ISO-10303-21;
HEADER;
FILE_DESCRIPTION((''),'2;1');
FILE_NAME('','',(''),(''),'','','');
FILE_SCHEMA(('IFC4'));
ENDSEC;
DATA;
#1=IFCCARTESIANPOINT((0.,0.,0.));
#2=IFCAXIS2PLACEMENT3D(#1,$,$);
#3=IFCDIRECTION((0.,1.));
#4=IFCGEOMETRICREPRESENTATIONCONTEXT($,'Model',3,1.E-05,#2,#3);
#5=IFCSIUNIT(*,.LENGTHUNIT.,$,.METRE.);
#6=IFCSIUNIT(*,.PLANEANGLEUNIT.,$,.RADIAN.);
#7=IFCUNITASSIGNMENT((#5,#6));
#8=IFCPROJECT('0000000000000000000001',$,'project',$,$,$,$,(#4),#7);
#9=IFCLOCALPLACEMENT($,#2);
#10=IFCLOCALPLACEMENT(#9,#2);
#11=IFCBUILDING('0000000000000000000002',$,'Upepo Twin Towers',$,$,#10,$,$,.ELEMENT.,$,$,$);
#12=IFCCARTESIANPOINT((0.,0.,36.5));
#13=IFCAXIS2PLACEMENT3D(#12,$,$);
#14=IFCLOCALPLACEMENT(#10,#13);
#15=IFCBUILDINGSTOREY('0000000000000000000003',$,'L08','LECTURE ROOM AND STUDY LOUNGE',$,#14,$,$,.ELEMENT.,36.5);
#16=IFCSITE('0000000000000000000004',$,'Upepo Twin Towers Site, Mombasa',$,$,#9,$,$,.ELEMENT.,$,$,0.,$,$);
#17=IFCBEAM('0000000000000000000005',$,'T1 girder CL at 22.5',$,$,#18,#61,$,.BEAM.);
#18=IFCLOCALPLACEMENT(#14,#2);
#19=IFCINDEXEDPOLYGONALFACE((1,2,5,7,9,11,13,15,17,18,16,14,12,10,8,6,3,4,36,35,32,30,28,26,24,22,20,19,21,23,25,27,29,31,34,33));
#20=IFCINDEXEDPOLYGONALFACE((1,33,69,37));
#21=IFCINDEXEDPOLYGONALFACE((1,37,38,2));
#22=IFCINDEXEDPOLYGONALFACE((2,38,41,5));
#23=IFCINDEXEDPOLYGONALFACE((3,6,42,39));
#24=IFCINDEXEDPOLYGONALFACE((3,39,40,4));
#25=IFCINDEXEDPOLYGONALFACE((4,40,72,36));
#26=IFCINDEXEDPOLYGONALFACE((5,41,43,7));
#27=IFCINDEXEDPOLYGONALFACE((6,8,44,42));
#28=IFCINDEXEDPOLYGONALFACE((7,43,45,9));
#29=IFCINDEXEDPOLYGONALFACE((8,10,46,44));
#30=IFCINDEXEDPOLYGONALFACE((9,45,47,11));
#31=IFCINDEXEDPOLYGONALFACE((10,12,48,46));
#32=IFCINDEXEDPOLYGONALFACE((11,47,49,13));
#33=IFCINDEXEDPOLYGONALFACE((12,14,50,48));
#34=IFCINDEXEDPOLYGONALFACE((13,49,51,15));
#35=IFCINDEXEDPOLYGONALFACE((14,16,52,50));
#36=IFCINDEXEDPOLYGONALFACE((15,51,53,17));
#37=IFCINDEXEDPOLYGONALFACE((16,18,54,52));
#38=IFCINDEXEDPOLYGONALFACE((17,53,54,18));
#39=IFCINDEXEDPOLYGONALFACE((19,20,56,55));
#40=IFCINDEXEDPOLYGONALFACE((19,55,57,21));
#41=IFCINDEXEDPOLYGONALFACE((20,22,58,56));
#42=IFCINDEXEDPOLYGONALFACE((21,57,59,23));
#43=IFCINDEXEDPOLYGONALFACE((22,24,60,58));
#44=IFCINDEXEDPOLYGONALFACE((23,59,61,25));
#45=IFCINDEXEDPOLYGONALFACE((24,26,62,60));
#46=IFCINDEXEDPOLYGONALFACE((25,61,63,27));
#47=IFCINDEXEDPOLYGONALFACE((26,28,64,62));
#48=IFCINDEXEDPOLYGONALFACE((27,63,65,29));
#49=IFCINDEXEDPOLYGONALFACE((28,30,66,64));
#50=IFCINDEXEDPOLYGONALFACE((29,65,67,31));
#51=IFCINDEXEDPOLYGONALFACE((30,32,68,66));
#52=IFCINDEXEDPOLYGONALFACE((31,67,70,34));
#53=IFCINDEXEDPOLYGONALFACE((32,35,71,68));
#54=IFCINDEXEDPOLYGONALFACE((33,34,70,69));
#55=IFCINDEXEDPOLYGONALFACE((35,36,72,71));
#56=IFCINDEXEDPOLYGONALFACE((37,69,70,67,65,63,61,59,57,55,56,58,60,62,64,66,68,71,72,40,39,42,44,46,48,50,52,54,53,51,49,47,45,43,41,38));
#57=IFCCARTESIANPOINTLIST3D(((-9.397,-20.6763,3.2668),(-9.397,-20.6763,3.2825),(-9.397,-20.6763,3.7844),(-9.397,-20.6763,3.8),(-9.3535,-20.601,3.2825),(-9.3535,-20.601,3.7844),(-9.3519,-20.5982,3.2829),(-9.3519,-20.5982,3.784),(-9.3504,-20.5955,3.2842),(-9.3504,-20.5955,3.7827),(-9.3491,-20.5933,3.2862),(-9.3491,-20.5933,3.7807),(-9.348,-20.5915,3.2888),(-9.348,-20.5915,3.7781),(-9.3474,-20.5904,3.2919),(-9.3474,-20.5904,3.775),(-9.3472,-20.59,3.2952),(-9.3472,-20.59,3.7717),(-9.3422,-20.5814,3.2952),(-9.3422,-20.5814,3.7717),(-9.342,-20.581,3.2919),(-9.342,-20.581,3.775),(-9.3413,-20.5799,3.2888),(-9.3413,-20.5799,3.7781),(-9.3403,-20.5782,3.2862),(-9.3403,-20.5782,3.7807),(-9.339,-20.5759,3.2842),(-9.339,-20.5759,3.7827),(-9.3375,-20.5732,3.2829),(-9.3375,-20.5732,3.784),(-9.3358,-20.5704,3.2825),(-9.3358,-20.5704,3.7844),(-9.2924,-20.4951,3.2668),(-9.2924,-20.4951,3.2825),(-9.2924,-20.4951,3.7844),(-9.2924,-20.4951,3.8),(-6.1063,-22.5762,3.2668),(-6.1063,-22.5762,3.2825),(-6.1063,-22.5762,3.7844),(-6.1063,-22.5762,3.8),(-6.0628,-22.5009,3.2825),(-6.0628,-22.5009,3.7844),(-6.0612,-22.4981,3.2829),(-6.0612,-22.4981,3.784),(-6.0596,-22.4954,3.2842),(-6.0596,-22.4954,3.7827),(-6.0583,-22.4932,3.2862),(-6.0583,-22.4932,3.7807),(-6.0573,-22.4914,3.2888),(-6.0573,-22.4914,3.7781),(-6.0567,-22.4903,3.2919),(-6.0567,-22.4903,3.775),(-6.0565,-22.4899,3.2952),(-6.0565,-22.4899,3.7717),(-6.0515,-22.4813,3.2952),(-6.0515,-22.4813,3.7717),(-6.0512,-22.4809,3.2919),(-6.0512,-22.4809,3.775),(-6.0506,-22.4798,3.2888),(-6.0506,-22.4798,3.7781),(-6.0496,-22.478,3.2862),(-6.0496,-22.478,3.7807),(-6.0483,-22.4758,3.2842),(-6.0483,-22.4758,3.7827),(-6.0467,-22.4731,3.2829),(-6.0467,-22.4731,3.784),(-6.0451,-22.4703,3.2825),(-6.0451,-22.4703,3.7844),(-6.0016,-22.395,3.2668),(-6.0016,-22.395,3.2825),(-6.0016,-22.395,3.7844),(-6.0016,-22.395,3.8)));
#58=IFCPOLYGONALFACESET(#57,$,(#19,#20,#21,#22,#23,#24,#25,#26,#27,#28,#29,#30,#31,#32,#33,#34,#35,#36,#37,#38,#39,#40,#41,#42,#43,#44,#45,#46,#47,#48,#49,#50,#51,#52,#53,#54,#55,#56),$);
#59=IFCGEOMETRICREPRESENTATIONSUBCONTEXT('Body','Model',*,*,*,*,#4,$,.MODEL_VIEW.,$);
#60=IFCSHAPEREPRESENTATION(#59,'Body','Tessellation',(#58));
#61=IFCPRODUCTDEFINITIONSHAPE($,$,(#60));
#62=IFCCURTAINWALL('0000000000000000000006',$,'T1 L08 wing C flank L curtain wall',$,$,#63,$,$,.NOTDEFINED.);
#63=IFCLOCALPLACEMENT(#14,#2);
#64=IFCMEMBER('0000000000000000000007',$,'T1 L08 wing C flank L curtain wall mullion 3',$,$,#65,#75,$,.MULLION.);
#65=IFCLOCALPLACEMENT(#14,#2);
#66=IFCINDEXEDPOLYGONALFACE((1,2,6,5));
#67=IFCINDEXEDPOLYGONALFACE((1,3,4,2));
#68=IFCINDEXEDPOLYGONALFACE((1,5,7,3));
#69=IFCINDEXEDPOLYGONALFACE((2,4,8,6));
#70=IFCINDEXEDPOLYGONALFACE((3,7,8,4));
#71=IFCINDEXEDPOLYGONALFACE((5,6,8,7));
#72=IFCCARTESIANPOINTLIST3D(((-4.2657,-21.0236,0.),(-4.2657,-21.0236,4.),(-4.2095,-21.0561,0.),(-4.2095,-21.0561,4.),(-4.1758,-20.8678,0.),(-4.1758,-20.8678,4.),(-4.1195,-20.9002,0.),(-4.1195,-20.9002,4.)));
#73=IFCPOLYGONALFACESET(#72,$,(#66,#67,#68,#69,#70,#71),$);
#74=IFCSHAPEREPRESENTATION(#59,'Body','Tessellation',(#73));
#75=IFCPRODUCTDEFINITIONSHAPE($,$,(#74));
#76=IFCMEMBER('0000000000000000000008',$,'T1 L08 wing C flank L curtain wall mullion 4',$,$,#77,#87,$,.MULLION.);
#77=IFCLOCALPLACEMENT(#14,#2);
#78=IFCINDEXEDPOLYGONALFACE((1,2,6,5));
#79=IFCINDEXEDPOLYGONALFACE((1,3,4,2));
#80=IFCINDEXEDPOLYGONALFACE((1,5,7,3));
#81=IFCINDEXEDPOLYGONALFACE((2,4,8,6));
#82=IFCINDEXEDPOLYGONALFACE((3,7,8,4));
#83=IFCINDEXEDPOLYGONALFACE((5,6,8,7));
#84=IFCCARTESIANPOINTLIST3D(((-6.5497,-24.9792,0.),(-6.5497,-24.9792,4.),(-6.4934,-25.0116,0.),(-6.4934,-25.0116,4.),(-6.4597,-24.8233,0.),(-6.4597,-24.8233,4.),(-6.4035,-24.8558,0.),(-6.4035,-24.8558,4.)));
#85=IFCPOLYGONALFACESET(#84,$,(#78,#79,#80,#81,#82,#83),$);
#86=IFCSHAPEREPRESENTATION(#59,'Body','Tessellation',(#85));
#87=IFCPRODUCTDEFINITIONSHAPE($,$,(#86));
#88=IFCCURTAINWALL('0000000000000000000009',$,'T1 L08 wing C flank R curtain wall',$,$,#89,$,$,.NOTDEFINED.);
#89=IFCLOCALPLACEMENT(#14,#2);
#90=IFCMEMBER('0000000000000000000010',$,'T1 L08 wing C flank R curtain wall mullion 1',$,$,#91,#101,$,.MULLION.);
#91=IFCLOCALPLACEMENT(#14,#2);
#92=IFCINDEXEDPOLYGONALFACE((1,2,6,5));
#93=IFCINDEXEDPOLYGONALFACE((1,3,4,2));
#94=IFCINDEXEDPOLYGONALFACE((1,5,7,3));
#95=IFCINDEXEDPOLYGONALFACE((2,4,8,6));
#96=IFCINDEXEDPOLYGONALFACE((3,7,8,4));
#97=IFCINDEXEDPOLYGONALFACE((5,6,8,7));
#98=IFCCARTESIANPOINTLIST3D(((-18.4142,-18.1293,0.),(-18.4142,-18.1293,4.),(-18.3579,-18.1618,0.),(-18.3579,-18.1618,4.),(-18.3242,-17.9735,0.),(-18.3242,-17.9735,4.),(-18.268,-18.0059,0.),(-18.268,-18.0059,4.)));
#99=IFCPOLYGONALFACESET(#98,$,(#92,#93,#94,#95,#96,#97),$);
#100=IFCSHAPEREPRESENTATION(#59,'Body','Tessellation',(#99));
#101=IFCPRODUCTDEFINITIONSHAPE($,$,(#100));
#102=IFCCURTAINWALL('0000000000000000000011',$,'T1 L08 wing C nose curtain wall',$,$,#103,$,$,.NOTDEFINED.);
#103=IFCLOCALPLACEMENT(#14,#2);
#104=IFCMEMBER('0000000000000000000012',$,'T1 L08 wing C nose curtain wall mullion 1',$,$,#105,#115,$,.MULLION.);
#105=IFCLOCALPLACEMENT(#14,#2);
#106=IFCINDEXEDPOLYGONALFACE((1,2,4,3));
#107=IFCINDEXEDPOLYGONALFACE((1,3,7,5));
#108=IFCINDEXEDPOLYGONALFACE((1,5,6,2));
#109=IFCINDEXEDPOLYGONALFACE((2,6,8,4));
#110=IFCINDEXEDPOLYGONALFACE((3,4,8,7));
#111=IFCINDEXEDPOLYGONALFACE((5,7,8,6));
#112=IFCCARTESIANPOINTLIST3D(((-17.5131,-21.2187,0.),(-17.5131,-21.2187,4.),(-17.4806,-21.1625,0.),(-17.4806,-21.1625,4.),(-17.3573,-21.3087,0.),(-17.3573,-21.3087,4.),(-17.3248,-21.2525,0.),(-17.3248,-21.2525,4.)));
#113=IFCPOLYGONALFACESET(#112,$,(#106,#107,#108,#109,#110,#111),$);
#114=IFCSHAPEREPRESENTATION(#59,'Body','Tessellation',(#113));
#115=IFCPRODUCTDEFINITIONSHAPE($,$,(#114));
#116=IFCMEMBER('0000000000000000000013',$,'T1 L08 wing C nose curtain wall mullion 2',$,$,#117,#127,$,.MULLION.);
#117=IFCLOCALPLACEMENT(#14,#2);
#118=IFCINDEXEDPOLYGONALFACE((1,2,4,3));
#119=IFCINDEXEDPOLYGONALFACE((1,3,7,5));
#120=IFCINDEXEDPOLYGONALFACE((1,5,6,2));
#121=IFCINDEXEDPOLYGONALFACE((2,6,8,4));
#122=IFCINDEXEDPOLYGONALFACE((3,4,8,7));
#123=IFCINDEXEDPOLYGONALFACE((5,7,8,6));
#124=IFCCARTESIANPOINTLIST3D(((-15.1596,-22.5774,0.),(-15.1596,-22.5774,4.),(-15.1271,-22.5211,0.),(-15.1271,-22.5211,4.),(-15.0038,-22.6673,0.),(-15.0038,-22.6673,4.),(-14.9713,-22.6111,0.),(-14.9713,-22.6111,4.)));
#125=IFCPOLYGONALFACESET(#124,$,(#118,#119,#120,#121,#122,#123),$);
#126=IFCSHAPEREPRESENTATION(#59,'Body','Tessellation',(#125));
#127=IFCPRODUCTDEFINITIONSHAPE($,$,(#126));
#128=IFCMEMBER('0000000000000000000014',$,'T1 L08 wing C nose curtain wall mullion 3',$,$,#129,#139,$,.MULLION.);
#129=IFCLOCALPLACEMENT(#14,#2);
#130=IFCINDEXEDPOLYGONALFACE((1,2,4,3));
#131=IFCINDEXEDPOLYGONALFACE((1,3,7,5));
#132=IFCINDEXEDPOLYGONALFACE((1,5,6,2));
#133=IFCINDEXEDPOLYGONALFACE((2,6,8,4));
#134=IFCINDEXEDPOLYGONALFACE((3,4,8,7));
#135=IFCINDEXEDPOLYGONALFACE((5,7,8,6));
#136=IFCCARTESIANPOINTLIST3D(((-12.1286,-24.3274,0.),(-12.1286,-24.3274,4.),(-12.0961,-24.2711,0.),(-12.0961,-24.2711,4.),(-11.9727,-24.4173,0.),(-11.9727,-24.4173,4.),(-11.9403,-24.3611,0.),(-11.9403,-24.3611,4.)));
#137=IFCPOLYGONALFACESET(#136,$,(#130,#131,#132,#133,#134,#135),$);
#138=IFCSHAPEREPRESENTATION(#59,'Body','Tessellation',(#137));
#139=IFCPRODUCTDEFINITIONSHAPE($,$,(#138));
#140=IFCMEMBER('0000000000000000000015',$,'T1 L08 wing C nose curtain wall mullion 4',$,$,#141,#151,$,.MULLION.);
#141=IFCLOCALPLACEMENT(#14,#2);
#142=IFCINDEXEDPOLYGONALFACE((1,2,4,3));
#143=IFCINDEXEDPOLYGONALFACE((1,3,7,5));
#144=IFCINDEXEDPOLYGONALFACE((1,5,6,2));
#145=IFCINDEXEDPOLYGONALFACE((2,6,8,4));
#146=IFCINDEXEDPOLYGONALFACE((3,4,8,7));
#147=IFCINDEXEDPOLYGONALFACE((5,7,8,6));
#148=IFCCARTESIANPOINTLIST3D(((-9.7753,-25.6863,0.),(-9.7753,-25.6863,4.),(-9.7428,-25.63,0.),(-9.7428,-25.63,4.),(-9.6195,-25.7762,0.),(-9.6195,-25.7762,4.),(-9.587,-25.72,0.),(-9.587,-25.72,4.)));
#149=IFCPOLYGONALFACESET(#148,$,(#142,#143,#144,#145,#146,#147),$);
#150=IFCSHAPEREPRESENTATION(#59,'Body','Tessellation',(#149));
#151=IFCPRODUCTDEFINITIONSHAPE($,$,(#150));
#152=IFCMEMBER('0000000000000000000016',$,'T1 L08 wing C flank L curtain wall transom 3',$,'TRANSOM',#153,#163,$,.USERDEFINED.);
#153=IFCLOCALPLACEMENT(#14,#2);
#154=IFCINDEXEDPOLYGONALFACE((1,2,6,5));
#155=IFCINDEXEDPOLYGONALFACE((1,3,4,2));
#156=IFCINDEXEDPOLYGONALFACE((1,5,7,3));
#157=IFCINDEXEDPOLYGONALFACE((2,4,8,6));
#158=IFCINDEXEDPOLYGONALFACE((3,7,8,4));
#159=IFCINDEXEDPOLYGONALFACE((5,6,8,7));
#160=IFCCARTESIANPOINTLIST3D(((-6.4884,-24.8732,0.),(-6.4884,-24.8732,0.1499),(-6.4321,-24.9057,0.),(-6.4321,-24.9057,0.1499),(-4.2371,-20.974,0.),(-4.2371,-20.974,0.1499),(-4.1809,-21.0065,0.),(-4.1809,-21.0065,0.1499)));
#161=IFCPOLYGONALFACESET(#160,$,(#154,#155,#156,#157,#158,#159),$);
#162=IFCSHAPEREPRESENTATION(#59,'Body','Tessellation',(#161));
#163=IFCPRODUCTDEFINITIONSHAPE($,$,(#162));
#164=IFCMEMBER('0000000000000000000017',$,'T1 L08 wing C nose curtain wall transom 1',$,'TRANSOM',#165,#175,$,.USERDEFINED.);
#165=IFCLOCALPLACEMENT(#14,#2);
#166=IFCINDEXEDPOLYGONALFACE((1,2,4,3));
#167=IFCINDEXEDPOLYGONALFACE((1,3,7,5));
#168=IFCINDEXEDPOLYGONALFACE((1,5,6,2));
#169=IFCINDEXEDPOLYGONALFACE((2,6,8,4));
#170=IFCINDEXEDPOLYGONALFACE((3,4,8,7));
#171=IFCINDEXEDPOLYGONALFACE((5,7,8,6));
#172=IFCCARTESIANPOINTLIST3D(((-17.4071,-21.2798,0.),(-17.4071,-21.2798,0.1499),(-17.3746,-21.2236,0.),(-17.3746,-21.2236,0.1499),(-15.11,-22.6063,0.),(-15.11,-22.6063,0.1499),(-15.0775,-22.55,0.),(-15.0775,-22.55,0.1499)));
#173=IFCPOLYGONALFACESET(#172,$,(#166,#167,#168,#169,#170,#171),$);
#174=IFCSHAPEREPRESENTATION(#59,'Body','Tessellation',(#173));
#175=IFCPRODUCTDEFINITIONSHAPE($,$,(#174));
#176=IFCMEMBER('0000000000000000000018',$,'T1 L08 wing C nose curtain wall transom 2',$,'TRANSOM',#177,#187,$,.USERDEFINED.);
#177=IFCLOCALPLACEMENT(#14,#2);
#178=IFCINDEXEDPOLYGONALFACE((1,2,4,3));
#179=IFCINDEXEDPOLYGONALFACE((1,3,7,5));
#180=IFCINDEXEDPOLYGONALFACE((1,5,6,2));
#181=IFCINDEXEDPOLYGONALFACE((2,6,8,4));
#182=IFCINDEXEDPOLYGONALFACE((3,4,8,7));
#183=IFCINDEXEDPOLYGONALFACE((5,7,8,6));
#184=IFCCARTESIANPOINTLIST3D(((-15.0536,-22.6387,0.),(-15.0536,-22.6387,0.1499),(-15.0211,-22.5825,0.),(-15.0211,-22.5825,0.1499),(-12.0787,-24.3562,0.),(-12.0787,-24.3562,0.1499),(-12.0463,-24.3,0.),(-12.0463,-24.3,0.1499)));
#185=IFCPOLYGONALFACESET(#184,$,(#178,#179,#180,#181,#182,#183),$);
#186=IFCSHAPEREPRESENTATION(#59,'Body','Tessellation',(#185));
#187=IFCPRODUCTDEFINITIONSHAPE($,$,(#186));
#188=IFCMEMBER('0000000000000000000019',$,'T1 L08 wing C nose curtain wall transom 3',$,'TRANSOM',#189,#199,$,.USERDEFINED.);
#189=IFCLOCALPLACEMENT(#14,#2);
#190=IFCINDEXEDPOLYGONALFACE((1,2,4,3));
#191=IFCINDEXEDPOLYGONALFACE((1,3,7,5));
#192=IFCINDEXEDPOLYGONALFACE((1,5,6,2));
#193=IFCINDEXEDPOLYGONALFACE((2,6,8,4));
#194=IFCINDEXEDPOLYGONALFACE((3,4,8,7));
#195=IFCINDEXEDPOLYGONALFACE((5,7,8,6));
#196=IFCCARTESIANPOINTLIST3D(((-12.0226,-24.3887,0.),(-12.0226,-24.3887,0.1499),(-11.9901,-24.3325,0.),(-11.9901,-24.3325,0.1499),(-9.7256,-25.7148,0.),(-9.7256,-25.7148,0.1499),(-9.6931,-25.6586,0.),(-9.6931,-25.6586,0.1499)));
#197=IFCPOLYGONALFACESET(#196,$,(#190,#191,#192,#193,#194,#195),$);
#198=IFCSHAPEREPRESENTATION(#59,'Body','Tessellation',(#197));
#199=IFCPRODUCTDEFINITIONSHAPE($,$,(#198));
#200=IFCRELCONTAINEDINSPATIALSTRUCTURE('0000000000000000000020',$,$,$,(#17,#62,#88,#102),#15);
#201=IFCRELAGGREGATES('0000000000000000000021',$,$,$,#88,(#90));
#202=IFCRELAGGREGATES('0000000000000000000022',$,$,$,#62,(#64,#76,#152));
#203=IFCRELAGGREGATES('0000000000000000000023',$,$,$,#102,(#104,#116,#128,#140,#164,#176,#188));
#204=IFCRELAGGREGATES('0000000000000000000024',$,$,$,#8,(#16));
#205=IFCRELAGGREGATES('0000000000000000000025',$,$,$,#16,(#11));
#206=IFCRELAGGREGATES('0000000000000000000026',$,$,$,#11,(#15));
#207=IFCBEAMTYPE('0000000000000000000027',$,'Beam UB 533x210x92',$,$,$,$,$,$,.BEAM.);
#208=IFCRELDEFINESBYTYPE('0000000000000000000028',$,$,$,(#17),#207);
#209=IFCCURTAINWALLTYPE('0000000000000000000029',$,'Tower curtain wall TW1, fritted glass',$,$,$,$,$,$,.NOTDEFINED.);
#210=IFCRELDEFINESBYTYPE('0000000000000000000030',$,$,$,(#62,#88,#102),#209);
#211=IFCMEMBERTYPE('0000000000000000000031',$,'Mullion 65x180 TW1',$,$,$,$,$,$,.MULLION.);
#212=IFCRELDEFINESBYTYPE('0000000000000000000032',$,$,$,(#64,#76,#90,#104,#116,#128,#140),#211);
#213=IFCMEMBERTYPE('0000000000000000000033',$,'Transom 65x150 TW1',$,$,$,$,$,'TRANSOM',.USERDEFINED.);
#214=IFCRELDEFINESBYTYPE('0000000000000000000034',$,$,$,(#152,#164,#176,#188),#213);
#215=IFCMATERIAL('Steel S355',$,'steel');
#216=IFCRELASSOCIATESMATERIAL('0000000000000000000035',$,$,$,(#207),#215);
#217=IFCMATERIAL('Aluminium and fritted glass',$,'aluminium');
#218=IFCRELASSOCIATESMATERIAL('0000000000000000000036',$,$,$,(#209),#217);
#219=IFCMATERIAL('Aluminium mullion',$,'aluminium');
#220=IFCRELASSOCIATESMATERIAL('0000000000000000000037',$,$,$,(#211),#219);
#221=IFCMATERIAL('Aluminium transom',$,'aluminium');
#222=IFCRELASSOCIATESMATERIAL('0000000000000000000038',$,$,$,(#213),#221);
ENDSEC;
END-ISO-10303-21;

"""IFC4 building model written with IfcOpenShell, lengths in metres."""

from ifc_helpers import new_model, si_unit, direction, frame, origin, origin_2d, place, context, subcontext, project, spatial, rectangle, i_section, extrude, material, material_profile, profile_set, type_object, element, aggregate, save


model = new_model("IFC4")

# Units and contexts
model_context = context("Model", 3, precision=1e-05, world=origin(), true_north=direction((0.0, 1.0)))
body_context = subcontext(model_context, "Body", "Model", "MODEL_VIEW")
ifc_project = project(units=[si_unit("LENGTHUNIT", "METRE"), si_unit("PLANEANGLEUNIT", "RADIAN")], contexts=[model_context])

# Site, building, storey
site_placement = place(None, origin())
site = spatial("IfcSite", under=ifc_project, at=site_placement, Name="Upepo Twin Towers Site, Mombasa", CompositionType="ELEMENT", RefElevation=0.0)
building_placement = place(site_placement, origin())
building = spatial("IfcBuilding", under=site, at=building_placement, Name="Upepo Twin Towers", CompositionType="ELEMENT")
storey_placement = place(building_placement, frame((0.0, 0.0, 36.5)))
storey = spatial("IfcBuildingStorey", under=building, at=storey_placement, Name="L08", Description="LECTURE ROOM AND STUDY LOUNGE", CompositionType="ELEMENT", Elevation=36.5)

# Beam
ifc_material_1 = material(Name="Steel S355", Category="steel")
ifc_material_profile_1 = material_profile(ifc_material_1, i_section(OverallWidth=0.2092, OverallDepth=0.5332, WebThickness=0.01, FlangeThickness=0.0156, FilletRadius=0.0127, at=origin_2d()), Name="UB 533x210x92")
ifc_profile_set_1 = profile_set([ifc_material_profile_1], Name="Steel S355")
beam_type_1 = type_object("IfcBeamType", Name="Beam UB 533x210x92", PredefinedType="BEAM", material=ifc_profile_set_1)
beam_1_placement = place(storey_placement, frame((-6.054, -22.4856, 3.5334), z_axis=(-0.866028, 0.499995, 0.0), x_axis=(-0.499995, -0.866028, 0.0)))
element("IfcBeam", 1, at=beam_1_placement, inside=storey, type_object=beam_type_1, Name="T1 girder CL at 22.5", PredefinedType="BEAM", context=body_context, shape_type="SweptSolid", body=[
    extrude(i_section(OverallWidth=0.2092, OverallDepth=0.5332, WebThickness=0.01, FlangeThickness=0.0156, FilletRadius=0.0127, at=origin_2d()), origin(), (0.0, 0.0, 1.0), 3.7998),
])

# Curtain wall, members
ifc_material_2 = material(Name="Aluminium and fritted glass", Category="aluminium")
curtain_wall_type = type_object("IfcCurtainWallType", Name="Tower curtain wall TW1, fritted glass", PredefinedType="NOTDEFINED", material=ifc_material_2)
curtain_wall_1_placement = place(storey_placement, origin())
curtain_wall_1 = element("IfcCurtainWall", 2, at=curtain_wall_1_placement, inside=storey, type_object=curtain_wall_type, Name="T1 L08 wing C flank L curtain wall", PredefinedType="NOTDEFINED")
ifc_material_3 = material(Name="Aluminium mullion", Category="aluminium")
ifc_material_profile_2 = material_profile(ifc_material_3, rectangle(XDim=0.0649, YDim=0.1799, at=origin_2d()), Name="MULLION 65x180")
ifc_profile_set_2 = profile_set([ifc_material_profile_2], Name="Aluminium mullion")
member_type_1 = type_object("IfcMemberType", Name="Mullion 65x180 TW1", PredefinedType="MULLION", material=ifc_profile_set_2)
member_1_placement = place(storey_placement, frame((-4.1926, -20.9619, 0.0), z_axis=(0.0, 0.0, 1.0), x_axis=(0.866025, -0.5, 0.0)))
member_1 = element("IfcMember", 3, at=member_1_placement, type_object=member_type_1, Name="T1 L08 wing C flank L curtain wall mullion 3", PredefinedType="MULLION", context=body_context, shape_type="SweptSolid", body=[
    extrude(rectangle(XDim=0.0649, YDim=0.1799, at=origin_2d()), origin(), (0.0, 0.0, 1.0), 4.0),
])
member_2_placement = place(storey_placement, frame((-6.4766, -24.9175, 0.0), z_axis=(0.0, 0.0, 1.0), x_axis=(0.866025, -0.5, 0.0)))
member_2 = element("IfcMember", 4, at=member_2_placement, type_object=member_type_1, Name="T1 L08 wing C flank L curtain wall mullion 4", PredefinedType="MULLION", context=body_context, shape_type="SweptSolid", body=[
    extrude(rectangle(XDim=0.0649, YDim=0.1799, at=origin_2d()), origin(), (0.0, 0.0, 1.0), 4.0),
])

# Curtain wall, member
curtain_wall_2_placement = place(storey_placement, origin())
curtain_wall_2 = element("IfcCurtainWall", 5, at=curtain_wall_2_placement, inside=storey, type_object=curtain_wall_type, Name="T1 L08 wing C flank R curtain wall", PredefinedType="NOTDEFINED")
member_3_placement = place(storey_placement, frame((-18.3411, -18.0676, 0.0), z_axis=(0.0, 0.0, 1.0), x_axis=(-0.866025, 0.5, 0.0)))
member_3 = element("IfcMember", 6, at=member_3_placement, type_object=member_type_1, Name="T1 L08 wing C flank R curtain wall mullion 1", PredefinedType="MULLION", context=body_context, shape_type="SweptSolid", body=[
    extrude(rectangle(XDim=0.0649, YDim=0.1799, at=origin_2d()), origin(), (0.0, 0.0, 1.0), 4.0),
])
aggregate(curtain_wall_2, [member_3])

# Curtain wall, members
curtain_wall_3_placement = place(storey_placement, origin())
curtain_wall_3 = element("IfcCurtainWall", 7, at=curtain_wall_3_placement, inside=storey, type_object=curtain_wall_type, Name="T1 L08 wing C nose curtain wall", PredefinedType="NOTDEFINED")
member_4_placement = place(storey_placement, frame((-17.4189, -21.2356, 0.0), z_axis=(0.0, 0.0, 1.0), x_axis=(0.5, 0.866025, 0.0)))
member_4 = element("IfcMember", 8, at=member_4_placement, type_object=member_type_1, Name="T1 L08 wing C nose curtain wall mullion 1", PredefinedType="MULLION", context=body_context, shape_type="SweptSolid", body=[
    extrude(rectangle(XDim=0.0649, YDim=0.1799, at=origin_2d()), origin(), (0.0, 0.0, 1.0), 4.0),
])
member_5_placement = place(storey_placement, frame((-15.0654, -22.5942, 0.0), z_axis=(0.0, 0.0, 1.0), x_axis=(0.5, 0.866025, 0.0)))
member_5 = element("IfcMember", 9, at=member_5_placement, type_object=member_type_1, Name="T1 L08 wing C nose curtain wall mullion 2", PredefinedType="MULLION", context=body_context, shape_type="SweptSolid", body=[
    extrude(rectangle(XDim=0.0649, YDim=0.1799, at=origin_2d()), origin(), (0.0, 0.0, 1.0), 4.0),
])
member_6_placement = place(storey_placement, frame((-12.0344, -24.3442, 0.0), z_axis=(0.0, 0.0, 1.0), x_axis=(0.5, 0.866025, 0.0)))
member_6 = element("IfcMember", 10, at=member_6_placement, type_object=member_type_1, Name="T1 L08 wing C nose curtain wall mullion 3", PredefinedType="MULLION", context=body_context, shape_type="SweptSolid", body=[
    extrude(rectangle(XDim=0.0649, YDim=0.1799, at=origin_2d()), origin(), (0.0, 0.0, 1.0), 4.0),
])
member_7_placement = place(storey_placement, frame((-9.6812, -25.7031, 0.0), z_axis=(0.0, 0.0, 1.0), x_axis=(0.5, 0.866025, 0.0)))
member_7 = element("IfcMember", 11, at=member_7_placement, type_object=member_type_1, Name="T1 L08 wing C nose curtain wall mullion 4", PredefinedType="MULLION", context=body_context, shape_type="SweptSolid", body=[
    extrude(rectangle(XDim=0.0649, YDim=0.1799, at=origin_2d()), origin(), (0.0, 0.0, 1.0), 4.0),
])

# Members
ifc_material_4 = material(Name="Aluminium transom", Category="aluminium")
ifc_material_profile_3 = material_profile(ifc_material_4, rectangle(XDim=0.0649, YDim=0.1499, at=origin_2d()), Name="TRANSOM 65x150")
ifc_profile_set_3 = profile_set([ifc_material_profile_3], Name="Aluminium transom")
member_type_2 = type_object("IfcMemberType", Name="Transom 65x150 TW1", ElementType="TRANSOM", PredefinedType="USERDEFINED", material=ifc_profile_set_3)
member_8_placement = place(storey_placement, frame((-4.209, -20.9902, 0.075), z_axis=(-0.500006, -0.866022, 0.0), x_axis=(0.866022, -0.500006, 0.0)))
member_8 = element("IfcMember", 12, at=member_8_placement, type_object=member_type_2, Name="T1 L08 wing C flank L curtain wall transom 3", ObjectType="TRANSOM", PredefinedType="USERDEFINED", context=body_context, shape_type="SweptSolid", body=[
    extrude(rectangle(XDim=0.0649, YDim=0.1499, at=origin_2d()), origin(), (0.0, 0.0, 1.0), 4.5024),
])
member_9_placement = place(storey_placement, frame((-17.3909, -21.2517, 0.075), z_axis=(0.865997, -0.500049, 0.0), x_axis=(0.500049, 0.865997, 0.0)))
member_9 = element("IfcMember", 13, at=member_9_placement, type_object=member_type_2, Name="T1 L08 wing C nose curtain wall transom 1", ObjectType="TRANSOM", PredefinedType="USERDEFINED", context=body_context, shape_type="SweptSolid", body=[
    extrude(rectangle(XDim=0.0649, YDim=0.1499, at=origin_2d()), origin(), (0.0, 0.0, 1.0), 2.6526),
])
member_10_placement = place(storey_placement, frame((-15.0374, -22.6106, 0.075), z_axis=(0.866026, -0.499999, 0.0), x_axis=(0.499999, 0.866026, 0.0)))
member_10 = element("IfcMember", 14, at=member_10_placement, type_object=member_type_2, Name="T1 L08 wing C nose curtain wall transom 2", ObjectType="TRANSOM", PredefinedType="USERDEFINED", context=body_context, shape_type="SweptSolid", body=[
    extrude(rectangle(XDim=0.0649, YDim=0.1499, at=origin_2d()), origin(), (0.0, 0.0, 1.0), 3.4351),
])
member_11_placement = place(storey_placement, frame((-12.0063, -24.3606, 0.075), z_axis=(0.866037, -0.49998, 0.0), x_axis=(0.49998, 0.866037, 0.0)))
member_11 = element("IfcMember", 15, at=member_11_placement, type_object=member_type_2, Name="T1 L08 wing C nose curtain wall transom 3", ObjectType="TRANSOM", PredefinedType="USERDEFINED", context=body_context, shape_type="SweptSolid", body=[
    extrude(rectangle(XDim=0.0649, YDim=0.1499, at=origin_2d()), origin(), (0.0, 0.0, 1.0), 2.6523),
])

aggregate(curtain_wall_1, [member_1, member_2, member_8])
aggregate(curtain_wall_3, [member_4, member_5, member_6, member_7, member_9, member_10, member_11])

save(model, "model.ifc")
